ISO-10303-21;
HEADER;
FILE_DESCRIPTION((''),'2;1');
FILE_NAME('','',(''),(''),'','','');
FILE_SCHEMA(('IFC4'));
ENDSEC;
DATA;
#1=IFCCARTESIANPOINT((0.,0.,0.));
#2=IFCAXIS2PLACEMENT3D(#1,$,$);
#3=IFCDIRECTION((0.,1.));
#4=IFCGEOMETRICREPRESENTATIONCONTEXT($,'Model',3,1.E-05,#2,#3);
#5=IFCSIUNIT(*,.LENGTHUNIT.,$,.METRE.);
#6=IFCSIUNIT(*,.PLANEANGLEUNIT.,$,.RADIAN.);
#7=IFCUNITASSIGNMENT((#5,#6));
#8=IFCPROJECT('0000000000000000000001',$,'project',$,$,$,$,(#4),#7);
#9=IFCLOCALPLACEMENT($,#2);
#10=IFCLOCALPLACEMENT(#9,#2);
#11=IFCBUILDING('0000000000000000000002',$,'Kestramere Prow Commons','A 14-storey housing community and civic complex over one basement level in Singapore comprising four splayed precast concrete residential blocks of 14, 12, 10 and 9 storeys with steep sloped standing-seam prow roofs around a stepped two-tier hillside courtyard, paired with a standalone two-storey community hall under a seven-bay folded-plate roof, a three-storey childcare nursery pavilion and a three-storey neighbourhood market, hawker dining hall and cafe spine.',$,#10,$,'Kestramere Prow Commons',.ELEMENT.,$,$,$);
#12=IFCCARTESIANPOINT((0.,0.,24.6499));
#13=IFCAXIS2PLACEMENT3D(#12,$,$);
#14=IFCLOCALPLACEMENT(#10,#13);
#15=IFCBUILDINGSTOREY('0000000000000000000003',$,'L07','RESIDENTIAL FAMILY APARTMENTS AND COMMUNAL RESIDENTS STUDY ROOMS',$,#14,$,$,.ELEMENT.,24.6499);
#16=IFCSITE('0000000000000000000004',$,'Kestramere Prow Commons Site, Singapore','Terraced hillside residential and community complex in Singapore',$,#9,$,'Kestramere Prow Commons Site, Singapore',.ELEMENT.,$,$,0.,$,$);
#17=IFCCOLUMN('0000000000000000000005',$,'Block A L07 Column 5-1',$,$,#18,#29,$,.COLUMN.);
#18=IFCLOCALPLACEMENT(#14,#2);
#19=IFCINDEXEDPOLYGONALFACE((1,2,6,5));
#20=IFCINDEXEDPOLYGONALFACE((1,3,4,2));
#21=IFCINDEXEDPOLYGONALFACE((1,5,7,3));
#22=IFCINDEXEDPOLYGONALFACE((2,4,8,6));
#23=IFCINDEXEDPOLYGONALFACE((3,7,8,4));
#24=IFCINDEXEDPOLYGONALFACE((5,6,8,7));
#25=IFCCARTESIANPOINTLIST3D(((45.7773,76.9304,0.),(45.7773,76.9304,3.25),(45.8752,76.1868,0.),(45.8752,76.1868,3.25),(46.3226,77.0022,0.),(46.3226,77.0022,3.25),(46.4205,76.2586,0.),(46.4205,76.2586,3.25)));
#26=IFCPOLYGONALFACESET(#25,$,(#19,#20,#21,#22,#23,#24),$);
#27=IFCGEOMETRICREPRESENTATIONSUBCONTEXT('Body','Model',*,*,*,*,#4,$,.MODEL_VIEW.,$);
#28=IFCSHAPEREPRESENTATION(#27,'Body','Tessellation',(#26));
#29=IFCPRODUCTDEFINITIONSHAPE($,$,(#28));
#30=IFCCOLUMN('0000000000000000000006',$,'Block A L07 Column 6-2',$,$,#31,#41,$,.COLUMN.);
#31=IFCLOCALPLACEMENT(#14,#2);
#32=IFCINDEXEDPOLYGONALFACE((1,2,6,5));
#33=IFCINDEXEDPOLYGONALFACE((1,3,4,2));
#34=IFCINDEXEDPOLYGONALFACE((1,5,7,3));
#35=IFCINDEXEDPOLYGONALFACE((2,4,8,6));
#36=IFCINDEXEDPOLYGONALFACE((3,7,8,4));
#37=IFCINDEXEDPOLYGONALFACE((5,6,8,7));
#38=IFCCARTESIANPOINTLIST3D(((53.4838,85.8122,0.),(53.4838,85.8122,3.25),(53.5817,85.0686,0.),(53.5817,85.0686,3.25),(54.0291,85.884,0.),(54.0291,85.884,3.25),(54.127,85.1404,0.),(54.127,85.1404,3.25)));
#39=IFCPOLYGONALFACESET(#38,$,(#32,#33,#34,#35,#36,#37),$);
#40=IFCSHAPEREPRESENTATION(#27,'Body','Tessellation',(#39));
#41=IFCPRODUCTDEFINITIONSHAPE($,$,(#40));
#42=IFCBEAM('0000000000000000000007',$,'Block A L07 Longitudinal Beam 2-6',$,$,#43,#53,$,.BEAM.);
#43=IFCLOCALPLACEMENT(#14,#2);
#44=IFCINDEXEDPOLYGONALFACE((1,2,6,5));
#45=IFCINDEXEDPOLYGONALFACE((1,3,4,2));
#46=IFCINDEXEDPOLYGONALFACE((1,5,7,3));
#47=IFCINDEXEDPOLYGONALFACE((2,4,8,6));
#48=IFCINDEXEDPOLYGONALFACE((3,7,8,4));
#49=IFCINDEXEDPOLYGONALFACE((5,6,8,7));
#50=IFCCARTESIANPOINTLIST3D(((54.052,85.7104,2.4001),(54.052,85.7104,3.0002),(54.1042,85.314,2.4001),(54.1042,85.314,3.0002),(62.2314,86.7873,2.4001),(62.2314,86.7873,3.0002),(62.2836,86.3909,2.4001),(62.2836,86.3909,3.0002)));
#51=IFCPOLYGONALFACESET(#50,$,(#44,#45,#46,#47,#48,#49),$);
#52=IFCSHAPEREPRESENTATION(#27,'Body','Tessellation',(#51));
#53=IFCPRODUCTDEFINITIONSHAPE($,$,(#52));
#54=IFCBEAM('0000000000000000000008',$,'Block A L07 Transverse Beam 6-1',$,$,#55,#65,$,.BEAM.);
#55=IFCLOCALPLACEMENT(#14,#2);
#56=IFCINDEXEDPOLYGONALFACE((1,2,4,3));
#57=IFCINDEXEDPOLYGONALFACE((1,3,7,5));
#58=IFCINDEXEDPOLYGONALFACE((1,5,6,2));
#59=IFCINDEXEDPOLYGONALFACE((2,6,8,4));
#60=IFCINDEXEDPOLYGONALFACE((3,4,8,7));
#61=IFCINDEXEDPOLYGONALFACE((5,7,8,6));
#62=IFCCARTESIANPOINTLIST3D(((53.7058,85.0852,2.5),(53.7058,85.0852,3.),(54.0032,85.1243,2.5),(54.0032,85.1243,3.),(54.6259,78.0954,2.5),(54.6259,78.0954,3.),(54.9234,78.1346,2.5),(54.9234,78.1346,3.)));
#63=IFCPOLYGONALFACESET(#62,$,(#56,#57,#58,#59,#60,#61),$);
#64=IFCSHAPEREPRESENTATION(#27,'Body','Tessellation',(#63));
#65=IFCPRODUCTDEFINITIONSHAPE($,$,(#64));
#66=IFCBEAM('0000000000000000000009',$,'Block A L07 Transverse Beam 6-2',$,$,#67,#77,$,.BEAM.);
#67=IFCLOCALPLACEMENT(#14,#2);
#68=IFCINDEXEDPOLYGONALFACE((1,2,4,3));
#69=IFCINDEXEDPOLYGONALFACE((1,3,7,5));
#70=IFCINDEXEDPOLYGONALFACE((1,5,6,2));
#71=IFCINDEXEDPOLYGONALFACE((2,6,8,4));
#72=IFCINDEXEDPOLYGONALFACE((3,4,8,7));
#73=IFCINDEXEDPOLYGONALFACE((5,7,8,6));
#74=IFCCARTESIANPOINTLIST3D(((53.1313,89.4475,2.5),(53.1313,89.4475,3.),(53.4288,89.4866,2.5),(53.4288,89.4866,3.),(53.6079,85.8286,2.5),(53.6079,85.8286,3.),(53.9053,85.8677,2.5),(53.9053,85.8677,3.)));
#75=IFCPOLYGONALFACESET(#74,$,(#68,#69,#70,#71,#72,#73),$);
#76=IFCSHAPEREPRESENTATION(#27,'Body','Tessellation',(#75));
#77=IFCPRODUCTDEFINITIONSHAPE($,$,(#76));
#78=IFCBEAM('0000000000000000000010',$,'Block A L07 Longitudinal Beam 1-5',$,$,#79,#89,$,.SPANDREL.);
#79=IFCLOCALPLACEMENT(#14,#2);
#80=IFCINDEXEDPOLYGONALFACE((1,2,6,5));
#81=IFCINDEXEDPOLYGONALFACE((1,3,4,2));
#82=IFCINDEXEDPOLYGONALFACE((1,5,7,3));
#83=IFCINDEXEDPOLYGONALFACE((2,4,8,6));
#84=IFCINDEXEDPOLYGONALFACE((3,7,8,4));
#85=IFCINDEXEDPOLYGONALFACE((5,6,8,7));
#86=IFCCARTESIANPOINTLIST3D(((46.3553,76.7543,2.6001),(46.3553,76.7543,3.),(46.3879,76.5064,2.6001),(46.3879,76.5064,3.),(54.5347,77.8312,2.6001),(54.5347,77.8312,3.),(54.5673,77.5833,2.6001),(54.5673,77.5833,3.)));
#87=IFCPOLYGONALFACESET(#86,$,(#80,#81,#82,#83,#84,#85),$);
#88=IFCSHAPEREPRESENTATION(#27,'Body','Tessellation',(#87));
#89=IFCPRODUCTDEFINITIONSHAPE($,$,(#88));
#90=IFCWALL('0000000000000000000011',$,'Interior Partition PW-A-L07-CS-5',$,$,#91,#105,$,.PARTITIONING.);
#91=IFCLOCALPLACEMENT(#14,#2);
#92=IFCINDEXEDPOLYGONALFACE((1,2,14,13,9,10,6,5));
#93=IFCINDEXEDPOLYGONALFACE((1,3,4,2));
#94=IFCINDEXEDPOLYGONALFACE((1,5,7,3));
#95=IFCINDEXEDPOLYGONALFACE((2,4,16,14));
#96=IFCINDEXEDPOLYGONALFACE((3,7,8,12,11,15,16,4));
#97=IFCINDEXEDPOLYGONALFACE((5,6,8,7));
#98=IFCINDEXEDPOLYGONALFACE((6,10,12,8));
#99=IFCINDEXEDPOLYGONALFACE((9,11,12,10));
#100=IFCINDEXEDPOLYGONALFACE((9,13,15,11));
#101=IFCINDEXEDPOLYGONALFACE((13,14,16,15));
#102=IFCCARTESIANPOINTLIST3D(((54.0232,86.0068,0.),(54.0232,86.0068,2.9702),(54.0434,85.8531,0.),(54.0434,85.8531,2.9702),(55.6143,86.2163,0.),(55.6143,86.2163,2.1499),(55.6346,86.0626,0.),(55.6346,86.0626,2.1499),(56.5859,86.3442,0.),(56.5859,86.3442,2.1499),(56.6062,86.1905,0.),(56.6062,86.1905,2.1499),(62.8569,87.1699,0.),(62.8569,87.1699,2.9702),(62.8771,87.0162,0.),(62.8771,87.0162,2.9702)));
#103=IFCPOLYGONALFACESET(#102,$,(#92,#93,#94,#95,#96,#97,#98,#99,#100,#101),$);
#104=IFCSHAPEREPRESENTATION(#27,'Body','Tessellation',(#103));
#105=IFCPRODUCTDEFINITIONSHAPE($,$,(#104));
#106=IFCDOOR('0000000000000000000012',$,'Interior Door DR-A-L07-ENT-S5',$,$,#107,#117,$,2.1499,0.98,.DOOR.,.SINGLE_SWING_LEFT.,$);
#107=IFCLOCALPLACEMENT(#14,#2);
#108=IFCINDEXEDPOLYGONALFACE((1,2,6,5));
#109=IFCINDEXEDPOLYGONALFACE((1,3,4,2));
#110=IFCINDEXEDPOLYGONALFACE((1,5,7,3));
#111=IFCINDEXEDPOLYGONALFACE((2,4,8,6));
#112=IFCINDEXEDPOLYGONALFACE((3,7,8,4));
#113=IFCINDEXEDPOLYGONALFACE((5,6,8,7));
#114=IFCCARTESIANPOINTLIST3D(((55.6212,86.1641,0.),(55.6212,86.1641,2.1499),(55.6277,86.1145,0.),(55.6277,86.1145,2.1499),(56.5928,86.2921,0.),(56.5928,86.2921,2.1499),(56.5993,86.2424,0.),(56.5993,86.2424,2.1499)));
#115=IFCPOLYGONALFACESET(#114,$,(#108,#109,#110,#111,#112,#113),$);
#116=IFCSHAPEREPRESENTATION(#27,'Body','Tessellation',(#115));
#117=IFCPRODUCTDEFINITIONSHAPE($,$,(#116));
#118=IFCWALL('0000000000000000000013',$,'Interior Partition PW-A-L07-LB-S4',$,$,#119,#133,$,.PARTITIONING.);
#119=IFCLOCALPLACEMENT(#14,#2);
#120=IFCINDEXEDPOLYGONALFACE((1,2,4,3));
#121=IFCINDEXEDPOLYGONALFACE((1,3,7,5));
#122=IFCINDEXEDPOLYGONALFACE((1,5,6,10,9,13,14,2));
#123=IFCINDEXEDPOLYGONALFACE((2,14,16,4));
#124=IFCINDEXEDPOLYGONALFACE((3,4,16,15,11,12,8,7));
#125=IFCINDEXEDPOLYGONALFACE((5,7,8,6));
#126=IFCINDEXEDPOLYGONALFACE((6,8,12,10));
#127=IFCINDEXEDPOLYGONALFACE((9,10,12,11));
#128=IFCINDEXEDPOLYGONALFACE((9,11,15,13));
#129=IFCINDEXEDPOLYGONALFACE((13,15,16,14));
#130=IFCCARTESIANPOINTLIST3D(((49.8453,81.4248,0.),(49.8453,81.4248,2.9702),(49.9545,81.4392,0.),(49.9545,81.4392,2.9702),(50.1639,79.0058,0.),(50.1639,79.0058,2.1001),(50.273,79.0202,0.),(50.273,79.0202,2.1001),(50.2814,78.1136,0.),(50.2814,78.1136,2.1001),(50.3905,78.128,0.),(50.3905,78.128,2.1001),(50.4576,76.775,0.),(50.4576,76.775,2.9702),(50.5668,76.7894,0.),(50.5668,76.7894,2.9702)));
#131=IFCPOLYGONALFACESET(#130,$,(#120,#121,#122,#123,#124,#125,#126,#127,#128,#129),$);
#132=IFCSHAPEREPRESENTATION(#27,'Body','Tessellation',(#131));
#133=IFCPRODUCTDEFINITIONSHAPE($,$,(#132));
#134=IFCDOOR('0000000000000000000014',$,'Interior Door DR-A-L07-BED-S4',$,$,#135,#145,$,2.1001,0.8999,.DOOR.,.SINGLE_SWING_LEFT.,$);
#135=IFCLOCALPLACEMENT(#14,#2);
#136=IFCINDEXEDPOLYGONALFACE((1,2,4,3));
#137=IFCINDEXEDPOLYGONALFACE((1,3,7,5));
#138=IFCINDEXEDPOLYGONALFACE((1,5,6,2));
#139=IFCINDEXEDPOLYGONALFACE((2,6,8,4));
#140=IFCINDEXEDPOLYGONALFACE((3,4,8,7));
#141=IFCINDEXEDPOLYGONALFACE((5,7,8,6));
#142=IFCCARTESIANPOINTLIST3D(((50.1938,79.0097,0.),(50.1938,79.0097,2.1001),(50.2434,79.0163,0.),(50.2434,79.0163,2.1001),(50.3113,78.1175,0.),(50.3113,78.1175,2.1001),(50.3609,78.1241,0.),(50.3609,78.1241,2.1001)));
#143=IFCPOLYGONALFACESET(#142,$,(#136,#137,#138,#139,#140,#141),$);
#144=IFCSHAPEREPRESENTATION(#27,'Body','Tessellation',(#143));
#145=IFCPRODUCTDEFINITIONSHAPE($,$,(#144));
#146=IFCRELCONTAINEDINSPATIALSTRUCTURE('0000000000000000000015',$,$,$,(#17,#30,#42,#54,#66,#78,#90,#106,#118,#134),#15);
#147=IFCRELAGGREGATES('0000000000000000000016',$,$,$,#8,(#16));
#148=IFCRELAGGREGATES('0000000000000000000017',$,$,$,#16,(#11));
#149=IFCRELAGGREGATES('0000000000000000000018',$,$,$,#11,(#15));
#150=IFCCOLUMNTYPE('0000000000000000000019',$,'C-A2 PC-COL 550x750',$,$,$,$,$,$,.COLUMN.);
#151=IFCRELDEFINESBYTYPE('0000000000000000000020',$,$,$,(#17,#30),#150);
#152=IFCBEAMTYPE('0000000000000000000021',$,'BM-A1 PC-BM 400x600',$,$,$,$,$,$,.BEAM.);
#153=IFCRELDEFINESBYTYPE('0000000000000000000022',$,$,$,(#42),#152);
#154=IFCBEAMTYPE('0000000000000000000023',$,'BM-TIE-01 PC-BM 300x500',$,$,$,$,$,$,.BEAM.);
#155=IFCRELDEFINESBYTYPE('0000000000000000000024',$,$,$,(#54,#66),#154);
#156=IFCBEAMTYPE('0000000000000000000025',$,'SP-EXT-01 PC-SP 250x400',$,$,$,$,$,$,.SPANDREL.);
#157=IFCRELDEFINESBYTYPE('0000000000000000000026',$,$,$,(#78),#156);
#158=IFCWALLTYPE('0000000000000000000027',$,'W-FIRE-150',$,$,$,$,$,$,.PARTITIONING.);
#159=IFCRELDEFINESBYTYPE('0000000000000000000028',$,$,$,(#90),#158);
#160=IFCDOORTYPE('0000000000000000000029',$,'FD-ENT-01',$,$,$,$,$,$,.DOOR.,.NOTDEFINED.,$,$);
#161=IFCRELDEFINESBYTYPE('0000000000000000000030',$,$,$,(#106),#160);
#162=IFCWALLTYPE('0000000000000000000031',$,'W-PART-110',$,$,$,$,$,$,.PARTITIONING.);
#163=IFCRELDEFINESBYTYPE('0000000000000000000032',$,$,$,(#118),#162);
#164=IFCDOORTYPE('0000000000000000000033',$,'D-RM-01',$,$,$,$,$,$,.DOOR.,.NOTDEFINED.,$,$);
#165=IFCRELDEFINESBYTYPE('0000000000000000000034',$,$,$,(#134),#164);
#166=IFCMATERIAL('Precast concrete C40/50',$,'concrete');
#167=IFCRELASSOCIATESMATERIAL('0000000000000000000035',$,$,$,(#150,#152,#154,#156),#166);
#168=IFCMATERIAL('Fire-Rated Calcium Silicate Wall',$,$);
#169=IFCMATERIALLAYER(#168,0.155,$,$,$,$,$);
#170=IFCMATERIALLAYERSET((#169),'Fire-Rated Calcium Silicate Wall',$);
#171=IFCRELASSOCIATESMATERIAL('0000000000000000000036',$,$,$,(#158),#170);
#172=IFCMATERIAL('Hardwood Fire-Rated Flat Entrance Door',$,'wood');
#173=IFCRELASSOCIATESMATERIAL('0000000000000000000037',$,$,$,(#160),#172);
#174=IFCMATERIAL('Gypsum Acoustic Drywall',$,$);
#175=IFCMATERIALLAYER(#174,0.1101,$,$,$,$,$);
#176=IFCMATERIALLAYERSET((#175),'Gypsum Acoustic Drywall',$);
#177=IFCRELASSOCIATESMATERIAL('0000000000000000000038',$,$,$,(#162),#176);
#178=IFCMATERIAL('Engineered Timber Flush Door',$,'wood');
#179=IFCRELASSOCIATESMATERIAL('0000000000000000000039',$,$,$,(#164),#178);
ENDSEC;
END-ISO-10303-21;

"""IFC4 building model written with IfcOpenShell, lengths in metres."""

from ifc_helpers import new_model, si_unit, direction, frame, frame_2d, origin, origin_2d, place, context, subcontext, project, spatial, rectangle, extrude, material, layer, layer_set, material_profile, profile_set, type_object, element, fill, save


model = new_model("IFC4")

# Units and contexts
model_context = context("Model", 3, precision=1e-05, world=origin(), true_north=direction((0.0, 1.0)))
body_context = subcontext(model_context, "Body", "Model", "MODEL_VIEW")
ifc_project = project(units=[si_unit("LENGTHUNIT", "METRE"), si_unit("PLANEANGLEUNIT", "RADIAN")], contexts=[model_context])

# Site, building, storey
site_placement = place(None, origin())
site = spatial("IfcSite", under=ifc_project, at=site_placement, Name="Kestramere Prow Commons Site, Singapore", Description="Terraced hillside residential and community complex in Singapore", LongName="Kestramere Prow Commons Site, Singapore", CompositionType="ELEMENT", RefElevation=0.0)
building_placement = place(site_placement, origin())
building = spatial("IfcBuilding", under=site, at=building_placement, Name="Kestramere Prow Commons", Description="A 14-storey housing community and civic complex over one basement level in Singapore comprising four splayed precast concrete residential blocks of 14, 12, 10 and 9 storeys with steep sloped standing-seam prow roofs around a stepped two-tier hillside courtyard, paired with a standalone two-storey community hall under a seven-bay folded-plate roof, a three-storey childcare nursery pavilion and a three-storey neighbourhood market, hawker dining hall and cafe spine.", LongName="Kestramere Prow Commons", CompositionType="ELEMENT")
storey_placement = place(building_placement, frame((0.0, 0.0, 24.6499)))
storey = spatial("IfcBuildingStorey", under=building, at=storey_placement, Name="L07", Description="RESIDENTIAL FAMILY APARTMENTS AND COMMUNAL RESIDENTS STUDY ROOMS", CompositionType="ELEMENT", Elevation=24.6499)

# Columns
ifc_material_1 = material(Name="Precast concrete C40/50", Category="concrete")
ifc_material_profile_1 = material_profile(ifc_material_1, rectangle(XDim=0.55, YDim=0.75, at=origin_2d()), Name="PC-COL 550x750")
ifc_profile_set_1 = profile_set([ifc_material_profile_1], Name="Precast concrete C40/50")
column_type = type_object("IfcColumnType", Name="C-A2 PC-COL 550x750", PredefinedType="COLUMN", material=ifc_profile_set_1)
for number, where, z_axis, x_axis, name in (
    (1, (46.0989, 76.5945, 0.0), (0.0, 0.0, 1.0), (0.991445, 0.130526, 0.0), "Block A L07 Column 5-1"),
    (2, (53.8054, 85.4763, 0.0), (0.0, 0.0, 1.0), (0.991445, 0.130526, 0.0), "Block A L07 Column 6-2"),
):
    element("IfcColumn", number, at=place(storey_placement, frame(where, z_axis=z_axis, x_axis=x_axis)), inside=storey, type_object=column_type, Name=name, PredefinedType="COLUMN", context=body_context, shape_type="SweptSolid", body=[
        extrude(rectangle(XDim=0.55, YDim=0.75, at=origin_2d()), origin(), (0.0, 0.0, 1.0), 3.25),
    ])

# Beams
ifc_material_profile_2 = material_profile(ifc_material_1, rectangle(XDim=0.3999, YDim=0.6001, at=origin_2d()), Name="PC-BM 400x600")
ifc_profile_set_2 = profile_set([ifc_material_profile_2], Name="Precast concrete C40/50")
beam_type_1 = type_object("IfcBeamType", Name="BM-A1 PC-BM 400x600", PredefinedType="BEAM", material=ifc_profile_set_2)
beam_1_placement = place(storey_placement, frame((54.0781, 85.5122, 2.7002), z_axis=(0.991444, 0.130533, 0.0), x_axis=(-0.130533, 0.991444, 0.0)))
element("IfcBeam", 3, at=beam_1_placement, inside=storey, type_object=beam_type_1, Name="Block A L07 Longitudinal Beam 2-6", PredefinedType="BEAM", context=body_context, shape_type="SweptSolid", body=[
    extrude(rectangle(XDim=0.3999, YDim=0.6001, at=origin_2d()), origin(), (0.0, 0.0, 1.0), 8.25),
])
ifc_material_profile_3 = material_profile(ifc_material_1, rectangle(XDim=0.3, YDim=0.5, at=origin_2d()), Name="PC-BM 300x500")
ifc_profile_set_3 = profile_set([ifc_material_profile_3], Name="Precast concrete C40/50")
beam_type_2 = type_object("IfcBeamType", Name="BM-TIE-01 PC-BM 300x500", PredefinedType="BEAM", material=ifc_profile_set_3)
beam_2_placement = place(storey_placement, frame((54.7747, 78.115, 2.75), z_axis=(-0.130519, 0.991446, 0.0), x_axis=(-0.991446, -0.130519, 0.0)))
element("IfcBeam", 4, at=beam_2_placement, inside=storey, type_object=beam_type_2, Name="Block A L07 Transverse Beam 6-1", PredefinedType="BEAM", context=body_context, shape_type="SweptSolid", body=[
    extrude(rectangle(XDim=0.3, YDim=0.5, at=origin_2d()), origin(), (0.0, 0.0, 1.0), 7.05),
])
beam_3_placement = place(storey_placement, frame((53.7566, 85.8481, 2.75), z_axis=(-0.13056, 0.99144, 0.0), x_axis=(-0.99144, -0.13056, 0.0)))
element("IfcBeam", 5, at=beam_3_placement, inside=storey, type_object=beam_type_2, Name="Block A L07 Transverse Beam 6-2", PredefinedType="BEAM", context=body_context, shape_type="SweptSolid", body=[
    extrude(rectangle(XDim=0.3, YDim=0.5, at=origin_2d()), origin(), (0.0, 0.0, 1.0), 3.6501),
])
ifc_material_profile_4 = material_profile(ifc_material_1, rectangle(XDim=0.25, YDim=0.3999, at=origin_2d()), Name="PC-SP 250x400")
ifc_profile_set_4 = profile_set([ifc_material_profile_4], Name="Precast concrete C40/50")
beam_type_3 = type_object("IfcBeamType", Name="SP-EXT-01 PC-SP 250x400", PredefinedType="SPANDREL", material=ifc_profile_set_4)
beam_4_placement = place(storey_placement, frame((46.3716, 76.6304, 2.8), z_axis=(0.991444, 0.130533, 0.0), x_axis=(-0.130533, 0.991444, 0.0)))
element("IfcBeam", 6, at=beam_4_placement, inside=storey, type_object=beam_type_3, Name="Block A L07 Longitudinal Beam 1-5", PredefinedType="SPANDREL", context=body_context, shape_type="SweptSolid", body=[
    extrude(rectangle(XDim=0.25, YDim=0.3999, at=origin_2d()), origin(), (0.0, 0.0, 1.0), 8.25),
])

# Walls, openings, doors
ifc_material_2 = material(Name="Fire-Rated Calcium Silicate Wall")
ifc_layer_1 = layer(ifc_material_2, 0.155)
ifc_layer_set_1 = layer_set([ifc_layer_1], Name="Fire-Rated Calcium Silicate Wall")
wall_type_1 = type_object("IfcWallType", Name="W-FIRE-150", PredefinedType="PARTITIONING", material=ifc_layer_set_1)
wall_1_placement = place(storey_placement, frame((54.0332, 85.9299, 0.0), z_axis=(0.0, 0.0, 1.0), x_axis=(0.991443, 0.130537, 0.0)))
wall_1 = element("IfcWall", 7, at=wall_1_placement, inside=storey, type_object=wall_type_1, Name="Interior Partition PW-A-L07-CS-5", PredefinedType="PARTITIONING", context=body_context, shape_type="SweptSolid", body=[
    extrude(rectangle(XDim=8.9099, YDim=0.155, at=frame_2d((4.4551, 0.0))), origin(), (0.0, 0.0, 1.0), 2.9702),
])
opening_1_placement = place(wall_1_placement, frame((1.605, 0.0, 0.0)))
opening_1 = element("IfcOpeningElement", 8, at=opening_1_placement, cuts=wall_1, PredefinedType="OPENING", context=body_context, shape_type="SweptSolid", body=[
    extrude(rectangle(XDim=0.98, YDim=2.1499, at=frame_2d((0.49, 1.075))), frame((0.0, 0.0925, 0.0), z_axis=(0.0, -1.0, 0.0), x_axis=(1.0, 0.0, 0.0)), (0.0, 0.0, 1.0), 0.1851),
])
ifc_material_3 = material(Name="Hardwood Fire-Rated Flat Entrance Door", Category="wood")
door_type_1 = type_object("IfcDoorType", Name="FD-ENT-01", OperationType="NOTDEFINED", PredefinedType="DOOR", material=ifc_material_3)
door_1_placement = place(opening_1_placement, origin())
door_1 = element("IfcDoor", 9, at=door_1_placement, inside=storey, type_object=door_type_1, Name="Interior Door DR-A-L07-ENT-S5", OperationType="SINGLE_SWING_LEFT", OverallHeight=2.1499, OverallWidth=0.98, PredefinedType="DOOR", context=body_context, shape_type="SweptSolid", body=[
    extrude(rectangle(XDim=0.98, YDim=2.1499, at=frame_2d((0.49, 1.075))), frame((0.0, 0.0249, 0.0), z_axis=(0.0, -1.0, 0.0), x_axis=(1.0, 0.0, 0.0)), (0.0, 0.0, 1.0), 0.05),
])
fill(opening_1, door_1)
ifc_material_4 = material(Name="Gypsum Acoustic Drywall")
ifc_layer_2 = layer(ifc_material_4, 0.1101)
ifc_layer_set_2 = layer_set([ifc_layer_2], Name="Gypsum Acoustic Drywall")
wall_type_2 = type_object("IfcWallType", Name="W-PART-110", PredefinedType="PARTITIONING", material=ifc_layer_set_2)
wall_2_placement = place(storey_placement, frame((50.5122, 76.7822, 0.0), z_axis=(0.0, 0.0, 1.0), x_axis=(-0.130554, 0.991441, 0.0)))
wall_2 = element("IfcWall", 10, at=wall_2_placement, inside=storey, type_object=wall_type_2, Name="Interior Partition PW-A-L07-LB-S4", PredefinedType="PARTITIONING", context=body_context, shape_type="SweptSolid", body=[
    extrude(rectangle(XDim=4.6899, YDim=0.1101, at=frame_2d((2.345, 0.0))), origin(), (0.0, 0.0, 1.0), 2.9702),
])
opening_2_placement = place(wall_2_placement, frame((1.3501, 0.0, 0.0)))
opening_2 = element("IfcOpeningElement", 11, at=opening_2_placement, cuts=wall_2, PredefinedType="OPENING", context=body_context, shape_type="SweptSolid", body=[
    extrude(rectangle(XDim=0.8999, YDim=2.1001, at=frame_2d((0.45, 1.05))), frame((0.0, 0.0701, 0.0), z_axis=(0.0, -1.0, 0.0), x_axis=(1.0, 0.0, 0.0)), (0.0, 0.0, 1.0), 0.1401),
])
ifc_material_5 = material(Name="Engineered Timber Flush Door", Category="wood")
door_type_2 = type_object("IfcDoorType", Name="D-RM-01", OperationType="NOTDEFINED", PredefinedType="DOOR", material=ifc_material_5)
door_2_placement = place(opening_2_placement, origin())
door_2 = element("IfcDoor", 12, at=door_2_placement, inside=storey, type_object=door_type_2, Name="Interior Door DR-A-L07-BED-S4", OperationType="SINGLE_SWING_LEFT", OverallHeight=2.1001, OverallWidth=0.8999, PredefinedType="DOOR", context=body_context, shape_type="SweptSolid", body=[
    extrude(rectangle(XDim=0.8999, YDim=2.1001, at=frame_2d((0.45, 1.05))), frame((0.0, 0.0249, 0.0), z_axis=(0.0, -1.0, 0.0), x_axis=(1.0, 0.0, 0.0)), (0.0, 0.0, 1.0), 0.05),
])
fill(opening_2, door_2)

save(model, "model.ifc")
